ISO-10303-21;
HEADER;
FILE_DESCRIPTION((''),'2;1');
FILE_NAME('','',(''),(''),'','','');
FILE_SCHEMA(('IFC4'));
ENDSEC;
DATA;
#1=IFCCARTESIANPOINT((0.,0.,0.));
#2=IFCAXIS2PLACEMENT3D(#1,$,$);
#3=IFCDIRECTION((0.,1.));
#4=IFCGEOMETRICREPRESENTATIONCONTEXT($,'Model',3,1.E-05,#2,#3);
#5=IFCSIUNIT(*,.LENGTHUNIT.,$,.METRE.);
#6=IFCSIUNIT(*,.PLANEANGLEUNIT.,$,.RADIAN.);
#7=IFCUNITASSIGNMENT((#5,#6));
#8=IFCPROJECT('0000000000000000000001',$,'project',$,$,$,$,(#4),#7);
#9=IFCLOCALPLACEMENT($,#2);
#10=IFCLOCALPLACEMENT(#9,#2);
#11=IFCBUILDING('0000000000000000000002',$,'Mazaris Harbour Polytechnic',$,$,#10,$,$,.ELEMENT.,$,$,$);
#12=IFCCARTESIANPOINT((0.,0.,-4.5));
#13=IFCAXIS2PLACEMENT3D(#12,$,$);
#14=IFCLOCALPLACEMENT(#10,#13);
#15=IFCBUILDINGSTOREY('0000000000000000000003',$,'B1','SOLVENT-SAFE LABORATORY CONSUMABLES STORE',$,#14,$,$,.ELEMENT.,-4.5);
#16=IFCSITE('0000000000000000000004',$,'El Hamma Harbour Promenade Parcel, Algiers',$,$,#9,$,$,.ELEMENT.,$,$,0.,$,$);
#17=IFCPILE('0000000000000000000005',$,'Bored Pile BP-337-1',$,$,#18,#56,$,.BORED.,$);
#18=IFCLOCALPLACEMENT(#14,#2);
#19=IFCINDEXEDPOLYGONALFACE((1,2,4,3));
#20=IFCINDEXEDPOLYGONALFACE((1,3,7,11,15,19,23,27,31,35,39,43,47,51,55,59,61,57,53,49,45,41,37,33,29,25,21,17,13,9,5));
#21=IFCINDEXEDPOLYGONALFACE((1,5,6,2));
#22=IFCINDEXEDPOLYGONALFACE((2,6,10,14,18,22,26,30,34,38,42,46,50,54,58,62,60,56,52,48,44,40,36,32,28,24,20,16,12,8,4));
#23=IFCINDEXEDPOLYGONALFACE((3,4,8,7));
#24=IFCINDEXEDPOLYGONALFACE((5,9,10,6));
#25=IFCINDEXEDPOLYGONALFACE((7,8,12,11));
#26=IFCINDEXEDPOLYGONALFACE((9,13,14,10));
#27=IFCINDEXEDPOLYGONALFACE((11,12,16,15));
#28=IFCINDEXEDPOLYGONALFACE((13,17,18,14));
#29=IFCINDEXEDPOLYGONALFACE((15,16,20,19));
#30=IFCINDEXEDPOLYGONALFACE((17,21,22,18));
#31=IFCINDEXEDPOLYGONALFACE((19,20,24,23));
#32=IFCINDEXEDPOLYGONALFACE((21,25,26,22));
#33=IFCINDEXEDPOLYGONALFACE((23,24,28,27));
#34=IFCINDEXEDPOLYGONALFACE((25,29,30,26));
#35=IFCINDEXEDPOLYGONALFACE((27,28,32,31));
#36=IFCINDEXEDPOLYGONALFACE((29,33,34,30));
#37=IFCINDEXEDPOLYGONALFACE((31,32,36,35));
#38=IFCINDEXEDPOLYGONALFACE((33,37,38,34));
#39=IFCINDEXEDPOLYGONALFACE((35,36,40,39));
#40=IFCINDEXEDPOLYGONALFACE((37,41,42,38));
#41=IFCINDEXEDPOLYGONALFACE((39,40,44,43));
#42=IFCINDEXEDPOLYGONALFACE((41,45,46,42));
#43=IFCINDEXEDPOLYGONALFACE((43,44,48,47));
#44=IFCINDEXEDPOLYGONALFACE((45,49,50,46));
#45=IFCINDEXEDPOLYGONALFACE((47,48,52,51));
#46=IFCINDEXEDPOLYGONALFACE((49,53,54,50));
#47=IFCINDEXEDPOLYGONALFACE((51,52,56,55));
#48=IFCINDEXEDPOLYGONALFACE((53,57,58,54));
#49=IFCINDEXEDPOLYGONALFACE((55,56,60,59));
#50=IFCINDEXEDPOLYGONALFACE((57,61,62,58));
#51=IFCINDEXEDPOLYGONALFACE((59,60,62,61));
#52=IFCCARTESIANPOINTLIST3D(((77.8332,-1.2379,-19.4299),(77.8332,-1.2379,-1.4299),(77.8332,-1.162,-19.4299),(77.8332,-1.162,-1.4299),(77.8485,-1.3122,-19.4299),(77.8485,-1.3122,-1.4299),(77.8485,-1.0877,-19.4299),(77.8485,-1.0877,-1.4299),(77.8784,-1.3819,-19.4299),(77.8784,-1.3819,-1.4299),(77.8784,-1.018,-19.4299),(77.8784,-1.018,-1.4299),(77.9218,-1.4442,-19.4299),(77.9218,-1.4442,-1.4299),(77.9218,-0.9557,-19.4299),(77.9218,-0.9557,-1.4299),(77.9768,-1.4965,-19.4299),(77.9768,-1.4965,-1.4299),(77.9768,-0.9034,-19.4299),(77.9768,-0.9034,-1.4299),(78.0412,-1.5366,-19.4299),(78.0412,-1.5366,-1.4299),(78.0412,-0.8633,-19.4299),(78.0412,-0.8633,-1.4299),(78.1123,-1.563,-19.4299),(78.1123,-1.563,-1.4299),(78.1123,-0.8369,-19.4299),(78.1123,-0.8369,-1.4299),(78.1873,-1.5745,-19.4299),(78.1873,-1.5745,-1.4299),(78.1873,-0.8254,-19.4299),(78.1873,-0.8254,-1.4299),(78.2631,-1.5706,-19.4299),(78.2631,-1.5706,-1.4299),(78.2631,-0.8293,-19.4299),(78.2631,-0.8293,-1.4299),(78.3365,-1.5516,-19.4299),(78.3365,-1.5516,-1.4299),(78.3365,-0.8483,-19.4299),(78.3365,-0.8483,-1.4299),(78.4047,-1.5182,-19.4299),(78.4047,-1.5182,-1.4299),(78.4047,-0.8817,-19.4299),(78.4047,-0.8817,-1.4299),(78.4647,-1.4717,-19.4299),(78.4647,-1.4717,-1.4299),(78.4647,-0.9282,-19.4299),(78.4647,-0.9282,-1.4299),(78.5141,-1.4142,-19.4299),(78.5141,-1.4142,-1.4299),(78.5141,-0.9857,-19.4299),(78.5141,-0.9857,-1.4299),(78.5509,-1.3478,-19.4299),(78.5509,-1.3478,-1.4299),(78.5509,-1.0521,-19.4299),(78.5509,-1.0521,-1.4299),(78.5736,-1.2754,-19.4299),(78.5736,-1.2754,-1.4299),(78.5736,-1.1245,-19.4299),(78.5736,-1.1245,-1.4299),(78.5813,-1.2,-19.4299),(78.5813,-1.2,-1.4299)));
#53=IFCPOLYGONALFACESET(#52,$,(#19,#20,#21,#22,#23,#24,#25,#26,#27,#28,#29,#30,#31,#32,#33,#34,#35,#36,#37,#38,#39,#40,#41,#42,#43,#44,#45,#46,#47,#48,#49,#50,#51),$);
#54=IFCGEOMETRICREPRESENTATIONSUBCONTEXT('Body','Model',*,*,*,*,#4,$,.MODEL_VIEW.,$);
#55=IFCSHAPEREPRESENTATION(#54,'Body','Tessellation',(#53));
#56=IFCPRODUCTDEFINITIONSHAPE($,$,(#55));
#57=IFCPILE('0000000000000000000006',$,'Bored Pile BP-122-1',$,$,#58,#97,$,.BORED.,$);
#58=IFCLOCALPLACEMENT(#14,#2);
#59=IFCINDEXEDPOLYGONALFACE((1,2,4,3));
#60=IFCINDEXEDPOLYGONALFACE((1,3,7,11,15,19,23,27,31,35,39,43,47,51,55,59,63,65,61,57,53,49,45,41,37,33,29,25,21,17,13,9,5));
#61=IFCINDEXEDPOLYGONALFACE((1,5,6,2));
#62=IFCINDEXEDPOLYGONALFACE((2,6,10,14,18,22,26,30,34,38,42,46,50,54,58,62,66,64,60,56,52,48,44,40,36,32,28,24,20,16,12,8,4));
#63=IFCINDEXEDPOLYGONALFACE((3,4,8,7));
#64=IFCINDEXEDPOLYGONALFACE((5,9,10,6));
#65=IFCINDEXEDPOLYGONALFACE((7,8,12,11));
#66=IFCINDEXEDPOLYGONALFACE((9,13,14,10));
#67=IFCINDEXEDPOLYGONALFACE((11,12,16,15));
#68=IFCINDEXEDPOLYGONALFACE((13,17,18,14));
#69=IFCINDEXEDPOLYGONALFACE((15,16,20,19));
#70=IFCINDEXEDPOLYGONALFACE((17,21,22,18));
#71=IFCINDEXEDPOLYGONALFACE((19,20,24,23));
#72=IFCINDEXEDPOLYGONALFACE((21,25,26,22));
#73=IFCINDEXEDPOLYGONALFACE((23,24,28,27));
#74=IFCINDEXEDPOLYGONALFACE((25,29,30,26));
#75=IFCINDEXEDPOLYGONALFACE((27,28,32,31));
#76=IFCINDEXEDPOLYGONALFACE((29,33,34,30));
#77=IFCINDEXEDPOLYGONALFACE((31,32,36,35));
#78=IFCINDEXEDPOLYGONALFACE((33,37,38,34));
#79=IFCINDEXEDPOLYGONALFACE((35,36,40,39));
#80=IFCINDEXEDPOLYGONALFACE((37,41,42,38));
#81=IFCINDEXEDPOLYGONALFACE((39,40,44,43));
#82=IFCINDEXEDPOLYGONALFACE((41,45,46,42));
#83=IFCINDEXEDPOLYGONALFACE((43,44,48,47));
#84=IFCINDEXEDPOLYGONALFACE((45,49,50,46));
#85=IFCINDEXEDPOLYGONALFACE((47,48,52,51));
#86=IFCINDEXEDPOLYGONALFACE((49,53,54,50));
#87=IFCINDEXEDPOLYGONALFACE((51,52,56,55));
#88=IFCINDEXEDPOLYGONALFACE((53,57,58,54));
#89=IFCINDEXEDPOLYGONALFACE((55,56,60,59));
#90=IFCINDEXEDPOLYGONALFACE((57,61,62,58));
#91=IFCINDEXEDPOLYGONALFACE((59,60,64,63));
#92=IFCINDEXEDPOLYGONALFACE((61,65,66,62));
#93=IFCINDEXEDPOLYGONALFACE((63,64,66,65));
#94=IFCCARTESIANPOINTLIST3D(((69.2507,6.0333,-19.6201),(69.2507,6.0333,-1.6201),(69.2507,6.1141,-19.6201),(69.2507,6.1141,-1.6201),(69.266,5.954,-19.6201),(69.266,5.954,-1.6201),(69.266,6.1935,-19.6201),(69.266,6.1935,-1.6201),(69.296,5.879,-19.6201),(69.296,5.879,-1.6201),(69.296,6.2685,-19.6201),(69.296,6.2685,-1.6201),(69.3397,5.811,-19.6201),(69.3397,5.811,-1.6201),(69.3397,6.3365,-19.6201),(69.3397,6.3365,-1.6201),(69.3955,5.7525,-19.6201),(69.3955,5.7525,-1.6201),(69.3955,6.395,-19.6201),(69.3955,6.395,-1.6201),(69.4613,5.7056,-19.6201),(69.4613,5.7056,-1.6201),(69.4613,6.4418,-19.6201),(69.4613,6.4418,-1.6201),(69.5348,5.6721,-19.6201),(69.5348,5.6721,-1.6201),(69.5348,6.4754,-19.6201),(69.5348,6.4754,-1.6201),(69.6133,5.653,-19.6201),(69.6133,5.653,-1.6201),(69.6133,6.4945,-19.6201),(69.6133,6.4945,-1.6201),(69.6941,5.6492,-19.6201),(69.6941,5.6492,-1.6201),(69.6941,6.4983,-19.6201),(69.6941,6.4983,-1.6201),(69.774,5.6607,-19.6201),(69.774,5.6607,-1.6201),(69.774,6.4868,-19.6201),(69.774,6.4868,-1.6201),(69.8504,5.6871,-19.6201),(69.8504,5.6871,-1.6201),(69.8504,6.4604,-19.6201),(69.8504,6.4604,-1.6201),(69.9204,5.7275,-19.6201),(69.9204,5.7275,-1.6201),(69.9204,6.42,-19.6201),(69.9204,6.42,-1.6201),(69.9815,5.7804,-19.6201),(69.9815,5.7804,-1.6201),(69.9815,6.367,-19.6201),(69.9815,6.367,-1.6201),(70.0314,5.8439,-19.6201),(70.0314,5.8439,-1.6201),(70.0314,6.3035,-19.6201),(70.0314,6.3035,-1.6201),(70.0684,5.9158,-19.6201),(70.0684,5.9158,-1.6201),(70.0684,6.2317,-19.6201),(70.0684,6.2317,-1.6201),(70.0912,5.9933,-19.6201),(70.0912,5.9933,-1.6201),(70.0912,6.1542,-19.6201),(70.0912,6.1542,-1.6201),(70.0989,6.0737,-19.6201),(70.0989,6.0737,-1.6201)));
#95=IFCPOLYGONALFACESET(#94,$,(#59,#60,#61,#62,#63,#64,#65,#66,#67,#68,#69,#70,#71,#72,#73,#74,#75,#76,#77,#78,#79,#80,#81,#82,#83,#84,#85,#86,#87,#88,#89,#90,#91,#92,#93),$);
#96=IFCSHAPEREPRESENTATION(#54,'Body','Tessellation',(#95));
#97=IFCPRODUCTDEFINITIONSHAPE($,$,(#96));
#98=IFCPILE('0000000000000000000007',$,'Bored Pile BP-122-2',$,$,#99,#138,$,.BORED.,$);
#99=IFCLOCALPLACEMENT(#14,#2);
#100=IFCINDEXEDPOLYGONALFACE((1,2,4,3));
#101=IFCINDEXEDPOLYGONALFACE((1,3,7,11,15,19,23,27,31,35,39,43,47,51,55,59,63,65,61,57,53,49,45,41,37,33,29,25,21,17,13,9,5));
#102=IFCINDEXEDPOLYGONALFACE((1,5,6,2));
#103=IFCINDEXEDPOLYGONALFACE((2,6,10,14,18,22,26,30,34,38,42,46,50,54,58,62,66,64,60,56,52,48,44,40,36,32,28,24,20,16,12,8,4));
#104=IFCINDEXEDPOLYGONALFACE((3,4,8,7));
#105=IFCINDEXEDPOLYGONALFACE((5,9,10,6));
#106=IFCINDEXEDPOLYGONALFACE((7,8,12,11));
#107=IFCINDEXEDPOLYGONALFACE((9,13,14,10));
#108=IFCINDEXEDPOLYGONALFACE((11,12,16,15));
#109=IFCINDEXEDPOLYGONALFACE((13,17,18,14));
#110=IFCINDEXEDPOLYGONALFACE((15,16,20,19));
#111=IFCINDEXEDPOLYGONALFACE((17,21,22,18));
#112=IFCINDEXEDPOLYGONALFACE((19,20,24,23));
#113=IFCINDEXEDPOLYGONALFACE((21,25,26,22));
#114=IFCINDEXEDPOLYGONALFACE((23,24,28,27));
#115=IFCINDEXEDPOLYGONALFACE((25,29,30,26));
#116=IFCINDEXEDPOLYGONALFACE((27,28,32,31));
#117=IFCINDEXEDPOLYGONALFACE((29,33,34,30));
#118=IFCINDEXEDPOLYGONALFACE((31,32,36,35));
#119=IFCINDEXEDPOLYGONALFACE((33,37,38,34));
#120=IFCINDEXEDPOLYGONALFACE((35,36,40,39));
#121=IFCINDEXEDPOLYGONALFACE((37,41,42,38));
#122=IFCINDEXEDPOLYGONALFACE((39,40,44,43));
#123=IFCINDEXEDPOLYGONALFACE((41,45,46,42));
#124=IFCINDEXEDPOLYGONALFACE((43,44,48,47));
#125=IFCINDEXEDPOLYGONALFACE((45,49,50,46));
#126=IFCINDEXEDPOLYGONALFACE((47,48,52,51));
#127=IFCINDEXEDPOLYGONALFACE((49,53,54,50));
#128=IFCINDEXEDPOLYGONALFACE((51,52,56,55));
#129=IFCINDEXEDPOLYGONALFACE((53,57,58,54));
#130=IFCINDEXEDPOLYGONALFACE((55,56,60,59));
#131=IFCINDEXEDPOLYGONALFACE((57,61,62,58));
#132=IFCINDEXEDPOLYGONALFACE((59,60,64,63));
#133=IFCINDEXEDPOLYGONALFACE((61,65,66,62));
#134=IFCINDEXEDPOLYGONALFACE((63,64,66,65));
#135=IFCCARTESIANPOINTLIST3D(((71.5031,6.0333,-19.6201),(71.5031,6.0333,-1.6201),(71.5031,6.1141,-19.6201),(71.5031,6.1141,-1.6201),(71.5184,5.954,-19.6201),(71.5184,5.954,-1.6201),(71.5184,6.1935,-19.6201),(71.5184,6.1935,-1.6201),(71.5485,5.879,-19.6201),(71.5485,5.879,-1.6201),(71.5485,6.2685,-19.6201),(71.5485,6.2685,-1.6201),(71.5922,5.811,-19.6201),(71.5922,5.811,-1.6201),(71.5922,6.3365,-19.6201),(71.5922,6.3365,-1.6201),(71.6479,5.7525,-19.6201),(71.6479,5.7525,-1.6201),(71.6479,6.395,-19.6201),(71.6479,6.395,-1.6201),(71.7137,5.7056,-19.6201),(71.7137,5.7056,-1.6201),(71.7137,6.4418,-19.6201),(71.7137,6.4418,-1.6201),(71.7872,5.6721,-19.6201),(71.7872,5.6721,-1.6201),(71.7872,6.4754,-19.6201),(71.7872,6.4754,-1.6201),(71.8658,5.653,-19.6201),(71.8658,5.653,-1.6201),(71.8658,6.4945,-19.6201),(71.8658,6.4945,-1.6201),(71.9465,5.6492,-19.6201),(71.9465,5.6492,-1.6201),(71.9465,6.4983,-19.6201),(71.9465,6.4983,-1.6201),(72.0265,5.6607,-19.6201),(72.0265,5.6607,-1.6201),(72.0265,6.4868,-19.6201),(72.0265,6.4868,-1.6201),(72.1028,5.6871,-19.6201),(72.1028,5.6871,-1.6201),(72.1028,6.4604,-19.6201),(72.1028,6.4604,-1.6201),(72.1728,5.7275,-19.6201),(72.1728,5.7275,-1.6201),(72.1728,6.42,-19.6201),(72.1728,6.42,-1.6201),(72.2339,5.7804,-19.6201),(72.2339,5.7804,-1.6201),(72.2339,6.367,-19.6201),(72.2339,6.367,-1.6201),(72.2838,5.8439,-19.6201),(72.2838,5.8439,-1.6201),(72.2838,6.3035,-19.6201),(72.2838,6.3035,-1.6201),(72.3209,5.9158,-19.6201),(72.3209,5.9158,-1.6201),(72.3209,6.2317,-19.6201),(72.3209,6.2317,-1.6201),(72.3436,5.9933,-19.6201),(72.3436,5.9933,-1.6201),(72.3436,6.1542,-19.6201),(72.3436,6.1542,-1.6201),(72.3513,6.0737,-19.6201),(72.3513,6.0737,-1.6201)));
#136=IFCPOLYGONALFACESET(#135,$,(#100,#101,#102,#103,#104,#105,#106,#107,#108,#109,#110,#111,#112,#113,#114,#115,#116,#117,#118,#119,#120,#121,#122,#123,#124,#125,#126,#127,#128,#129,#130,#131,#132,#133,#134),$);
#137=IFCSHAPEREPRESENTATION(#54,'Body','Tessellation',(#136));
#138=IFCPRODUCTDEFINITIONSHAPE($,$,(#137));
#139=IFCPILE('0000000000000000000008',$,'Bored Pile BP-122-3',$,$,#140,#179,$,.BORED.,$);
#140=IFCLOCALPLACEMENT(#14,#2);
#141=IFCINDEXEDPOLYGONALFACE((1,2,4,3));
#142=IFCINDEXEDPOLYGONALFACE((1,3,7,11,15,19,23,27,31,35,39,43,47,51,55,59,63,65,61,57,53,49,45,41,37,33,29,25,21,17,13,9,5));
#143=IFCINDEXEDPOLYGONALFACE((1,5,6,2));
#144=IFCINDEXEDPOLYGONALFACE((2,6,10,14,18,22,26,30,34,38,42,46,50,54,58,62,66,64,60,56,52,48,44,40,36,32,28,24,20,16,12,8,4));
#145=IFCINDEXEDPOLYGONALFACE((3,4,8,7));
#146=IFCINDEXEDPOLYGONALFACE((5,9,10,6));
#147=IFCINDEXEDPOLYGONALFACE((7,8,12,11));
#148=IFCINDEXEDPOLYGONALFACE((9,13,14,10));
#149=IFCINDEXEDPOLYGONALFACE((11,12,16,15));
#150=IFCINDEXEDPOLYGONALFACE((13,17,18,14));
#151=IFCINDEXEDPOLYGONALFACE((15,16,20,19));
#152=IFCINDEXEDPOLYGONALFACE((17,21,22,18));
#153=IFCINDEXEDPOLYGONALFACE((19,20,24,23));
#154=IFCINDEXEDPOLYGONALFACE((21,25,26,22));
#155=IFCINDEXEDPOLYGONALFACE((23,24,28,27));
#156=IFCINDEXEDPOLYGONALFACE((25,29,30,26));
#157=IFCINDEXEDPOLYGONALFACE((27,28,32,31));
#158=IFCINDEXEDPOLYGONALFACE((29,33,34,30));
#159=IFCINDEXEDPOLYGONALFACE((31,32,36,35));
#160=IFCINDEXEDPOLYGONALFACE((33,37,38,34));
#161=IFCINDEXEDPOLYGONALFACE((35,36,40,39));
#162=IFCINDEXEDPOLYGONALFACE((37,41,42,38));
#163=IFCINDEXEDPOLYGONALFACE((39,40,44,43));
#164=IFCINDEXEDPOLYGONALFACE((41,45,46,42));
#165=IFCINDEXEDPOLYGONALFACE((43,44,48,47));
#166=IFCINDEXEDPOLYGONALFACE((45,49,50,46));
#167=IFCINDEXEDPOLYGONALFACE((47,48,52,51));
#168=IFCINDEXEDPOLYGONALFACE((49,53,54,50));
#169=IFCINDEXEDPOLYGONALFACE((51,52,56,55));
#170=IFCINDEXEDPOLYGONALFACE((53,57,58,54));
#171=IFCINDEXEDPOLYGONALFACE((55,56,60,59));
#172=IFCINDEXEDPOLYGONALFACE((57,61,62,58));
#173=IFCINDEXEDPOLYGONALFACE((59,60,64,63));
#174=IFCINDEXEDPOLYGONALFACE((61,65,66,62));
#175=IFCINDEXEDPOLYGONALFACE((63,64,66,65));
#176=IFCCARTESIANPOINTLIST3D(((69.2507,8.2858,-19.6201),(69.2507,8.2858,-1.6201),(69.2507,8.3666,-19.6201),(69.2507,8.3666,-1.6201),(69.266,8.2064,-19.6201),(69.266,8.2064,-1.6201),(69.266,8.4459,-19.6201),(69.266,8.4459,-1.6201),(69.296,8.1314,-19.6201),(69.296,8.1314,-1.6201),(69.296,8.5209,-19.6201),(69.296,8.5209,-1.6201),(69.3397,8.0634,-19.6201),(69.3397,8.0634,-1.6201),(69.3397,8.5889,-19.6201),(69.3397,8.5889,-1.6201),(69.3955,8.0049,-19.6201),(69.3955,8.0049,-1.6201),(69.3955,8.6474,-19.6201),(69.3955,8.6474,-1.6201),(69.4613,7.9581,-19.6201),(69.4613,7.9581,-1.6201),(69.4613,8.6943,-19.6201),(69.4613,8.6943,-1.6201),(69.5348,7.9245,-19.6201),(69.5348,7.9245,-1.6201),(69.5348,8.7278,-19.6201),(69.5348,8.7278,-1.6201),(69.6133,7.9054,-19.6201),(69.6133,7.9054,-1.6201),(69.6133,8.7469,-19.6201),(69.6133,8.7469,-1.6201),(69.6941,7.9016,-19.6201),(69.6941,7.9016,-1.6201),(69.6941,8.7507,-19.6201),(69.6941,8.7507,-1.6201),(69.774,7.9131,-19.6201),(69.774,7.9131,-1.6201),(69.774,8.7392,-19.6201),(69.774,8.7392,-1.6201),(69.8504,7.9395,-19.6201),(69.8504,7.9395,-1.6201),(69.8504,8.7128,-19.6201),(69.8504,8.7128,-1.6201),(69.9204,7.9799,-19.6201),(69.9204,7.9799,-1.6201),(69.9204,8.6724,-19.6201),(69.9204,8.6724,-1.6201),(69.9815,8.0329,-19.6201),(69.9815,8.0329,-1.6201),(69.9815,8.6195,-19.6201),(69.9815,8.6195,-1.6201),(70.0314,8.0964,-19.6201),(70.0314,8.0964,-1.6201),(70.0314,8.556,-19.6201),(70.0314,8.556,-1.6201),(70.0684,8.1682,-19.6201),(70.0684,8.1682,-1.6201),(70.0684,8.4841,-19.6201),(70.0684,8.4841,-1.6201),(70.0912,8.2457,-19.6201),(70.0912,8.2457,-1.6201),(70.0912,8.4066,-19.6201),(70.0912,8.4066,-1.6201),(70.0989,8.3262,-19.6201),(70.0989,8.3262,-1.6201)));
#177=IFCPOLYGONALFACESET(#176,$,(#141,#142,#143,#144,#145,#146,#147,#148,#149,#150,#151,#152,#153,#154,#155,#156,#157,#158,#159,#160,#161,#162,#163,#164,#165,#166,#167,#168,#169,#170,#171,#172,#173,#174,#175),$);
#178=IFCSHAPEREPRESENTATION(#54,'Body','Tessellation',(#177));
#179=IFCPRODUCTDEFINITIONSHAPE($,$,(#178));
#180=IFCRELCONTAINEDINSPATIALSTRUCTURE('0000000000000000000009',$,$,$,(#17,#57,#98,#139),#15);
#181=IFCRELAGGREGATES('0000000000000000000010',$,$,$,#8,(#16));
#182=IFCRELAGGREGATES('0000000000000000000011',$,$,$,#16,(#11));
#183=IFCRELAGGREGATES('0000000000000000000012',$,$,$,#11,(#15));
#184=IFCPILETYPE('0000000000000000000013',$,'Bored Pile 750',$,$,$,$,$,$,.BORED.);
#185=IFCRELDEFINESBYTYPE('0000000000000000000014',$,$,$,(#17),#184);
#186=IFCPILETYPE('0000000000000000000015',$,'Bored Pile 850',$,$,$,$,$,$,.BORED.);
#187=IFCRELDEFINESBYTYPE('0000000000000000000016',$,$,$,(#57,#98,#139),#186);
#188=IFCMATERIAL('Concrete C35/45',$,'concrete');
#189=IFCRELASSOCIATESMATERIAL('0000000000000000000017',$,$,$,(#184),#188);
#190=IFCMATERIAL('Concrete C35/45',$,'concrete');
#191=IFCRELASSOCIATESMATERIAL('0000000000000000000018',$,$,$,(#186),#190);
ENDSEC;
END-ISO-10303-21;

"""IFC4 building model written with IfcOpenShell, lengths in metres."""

from ifc_helpers import new_model, si_unit, direction, frame, origin, origin_2d, place, context, subcontext, project, spatial, circle, extrude, material, material_profile, profile_set, type_object, element, save


model = new_model("IFC4")

# Units and contexts
model_context = context("Model", 3, precision=1e-05, world=origin(), true_north=direction((0.0, 1.0)))
body_context = subcontext(model_context, "Body", "Model", "MODEL_VIEW")
ifc_project = project(units=[si_unit("LENGTHUNIT", "METRE"), si_unit("PLANEANGLEUNIT", "RADIAN")], contexts=[model_context])

# Site, building, storey
site_placement = place(None, origin())
site = spatial("IfcSite", under=ifc_project, at=site_placement, Name="El Hamma Harbour Promenade Parcel, Algiers", CompositionType="ELEMENT", RefElevation=0.0)
building_placement = place(site_placement, origin())
building = spatial("IfcBuilding", under=site, at=building_placement, Name="Mazaris Harbour Polytechnic", CompositionType="ELEMENT")
storey_placement = place(building_placement, frame((0.0, 0.0, -4.5)))
storey = spatial("IfcBuildingStorey", under=building, at=storey_placement, Name="B1", Description="SOLVENT-SAFE LABORATORY CONSUMABLES STORE", CompositionType="ELEMENT", Elevation=-4.5)

# Piles
ifc_material_1 = material(Name="Concrete C35/45", Category="concrete")
ifc_material_profile_1 = material_profile(ifc_material_1, circle(Radius=0.375, at=origin_2d()), Name="DIA750")
ifc_profile_set_1 = profile_set([ifc_material_profile_1], Name="Concrete C35/45")
pile_type_1 = type_object("IfcPileType", Name="Bored Pile 750", PredefinedType="BORED", material=ifc_profile_set_1)
for number, where, z_axis, x_axis, name in (
    (1, (78.2063, -1.2, -1.4299), (0.0, 0.0, -1.0), (1.0, 0.0, 0.0), "Bored Pile BP-337-1"),
):
    element("IfcPile", number, at=place(storey_placement, frame(where, z_axis=z_axis, x_axis=x_axis)), inside=storey, type_object=pile_type_1, Name=name, PredefinedType="BORED", context=body_context, shape_type="SweptSolid", body=[
        extrude(circle(Radius=0.375, at=origin_2d()), origin(), (0.0, 0.0, 1.0), 18.0),
    ])
ifc_material_2 = material(Name="Concrete C35/45", Category="concrete")
ifc_material_profile_2 = material_profile(ifc_material_2, circle(Radius=0.425, at=origin_2d()), Name="DIA850")
ifc_profile_set_2 = profile_set([ifc_material_profile_2], Name="Concrete C35/45")
pile_type_2 = type_object("IfcPileType", Name="Bored Pile 850", PredefinedType="BORED", material=ifc_profile_set_2)
for number, where, z_axis, x_axis, name in (
    (2, (69.6738, 6.0737, -1.6201), (0.0, 0.0, -1.0), (1.0, 0.0, 0.0), "Bored Pile BP-122-1"),
    (3, (71.9263, 6.0737, -1.6201), (0.0, 0.0, -1.0), (1.0, 0.0, 0.0), "Bored Pile BP-122-2"),
    (4, (69.6738, 8.3262, -1.6201), (0.0, 0.0, -1.0), (1.0, 0.0, 0.0), "Bored Pile BP-122-3"),
):
    element("IfcPile", number, at=place(storey_placement, frame(where, z_axis=z_axis, x_axis=x_axis)), inside=storey, type_object=pile_type_2, Name=name, PredefinedType="BORED", context=body_context, shape_type="SweptSolid", body=[
        extrude(circle(Radius=0.425, at=origin_2d()), origin(), (0.0, 0.0, 1.0), 18.0),
    ])

save(model, "model.ifc")
